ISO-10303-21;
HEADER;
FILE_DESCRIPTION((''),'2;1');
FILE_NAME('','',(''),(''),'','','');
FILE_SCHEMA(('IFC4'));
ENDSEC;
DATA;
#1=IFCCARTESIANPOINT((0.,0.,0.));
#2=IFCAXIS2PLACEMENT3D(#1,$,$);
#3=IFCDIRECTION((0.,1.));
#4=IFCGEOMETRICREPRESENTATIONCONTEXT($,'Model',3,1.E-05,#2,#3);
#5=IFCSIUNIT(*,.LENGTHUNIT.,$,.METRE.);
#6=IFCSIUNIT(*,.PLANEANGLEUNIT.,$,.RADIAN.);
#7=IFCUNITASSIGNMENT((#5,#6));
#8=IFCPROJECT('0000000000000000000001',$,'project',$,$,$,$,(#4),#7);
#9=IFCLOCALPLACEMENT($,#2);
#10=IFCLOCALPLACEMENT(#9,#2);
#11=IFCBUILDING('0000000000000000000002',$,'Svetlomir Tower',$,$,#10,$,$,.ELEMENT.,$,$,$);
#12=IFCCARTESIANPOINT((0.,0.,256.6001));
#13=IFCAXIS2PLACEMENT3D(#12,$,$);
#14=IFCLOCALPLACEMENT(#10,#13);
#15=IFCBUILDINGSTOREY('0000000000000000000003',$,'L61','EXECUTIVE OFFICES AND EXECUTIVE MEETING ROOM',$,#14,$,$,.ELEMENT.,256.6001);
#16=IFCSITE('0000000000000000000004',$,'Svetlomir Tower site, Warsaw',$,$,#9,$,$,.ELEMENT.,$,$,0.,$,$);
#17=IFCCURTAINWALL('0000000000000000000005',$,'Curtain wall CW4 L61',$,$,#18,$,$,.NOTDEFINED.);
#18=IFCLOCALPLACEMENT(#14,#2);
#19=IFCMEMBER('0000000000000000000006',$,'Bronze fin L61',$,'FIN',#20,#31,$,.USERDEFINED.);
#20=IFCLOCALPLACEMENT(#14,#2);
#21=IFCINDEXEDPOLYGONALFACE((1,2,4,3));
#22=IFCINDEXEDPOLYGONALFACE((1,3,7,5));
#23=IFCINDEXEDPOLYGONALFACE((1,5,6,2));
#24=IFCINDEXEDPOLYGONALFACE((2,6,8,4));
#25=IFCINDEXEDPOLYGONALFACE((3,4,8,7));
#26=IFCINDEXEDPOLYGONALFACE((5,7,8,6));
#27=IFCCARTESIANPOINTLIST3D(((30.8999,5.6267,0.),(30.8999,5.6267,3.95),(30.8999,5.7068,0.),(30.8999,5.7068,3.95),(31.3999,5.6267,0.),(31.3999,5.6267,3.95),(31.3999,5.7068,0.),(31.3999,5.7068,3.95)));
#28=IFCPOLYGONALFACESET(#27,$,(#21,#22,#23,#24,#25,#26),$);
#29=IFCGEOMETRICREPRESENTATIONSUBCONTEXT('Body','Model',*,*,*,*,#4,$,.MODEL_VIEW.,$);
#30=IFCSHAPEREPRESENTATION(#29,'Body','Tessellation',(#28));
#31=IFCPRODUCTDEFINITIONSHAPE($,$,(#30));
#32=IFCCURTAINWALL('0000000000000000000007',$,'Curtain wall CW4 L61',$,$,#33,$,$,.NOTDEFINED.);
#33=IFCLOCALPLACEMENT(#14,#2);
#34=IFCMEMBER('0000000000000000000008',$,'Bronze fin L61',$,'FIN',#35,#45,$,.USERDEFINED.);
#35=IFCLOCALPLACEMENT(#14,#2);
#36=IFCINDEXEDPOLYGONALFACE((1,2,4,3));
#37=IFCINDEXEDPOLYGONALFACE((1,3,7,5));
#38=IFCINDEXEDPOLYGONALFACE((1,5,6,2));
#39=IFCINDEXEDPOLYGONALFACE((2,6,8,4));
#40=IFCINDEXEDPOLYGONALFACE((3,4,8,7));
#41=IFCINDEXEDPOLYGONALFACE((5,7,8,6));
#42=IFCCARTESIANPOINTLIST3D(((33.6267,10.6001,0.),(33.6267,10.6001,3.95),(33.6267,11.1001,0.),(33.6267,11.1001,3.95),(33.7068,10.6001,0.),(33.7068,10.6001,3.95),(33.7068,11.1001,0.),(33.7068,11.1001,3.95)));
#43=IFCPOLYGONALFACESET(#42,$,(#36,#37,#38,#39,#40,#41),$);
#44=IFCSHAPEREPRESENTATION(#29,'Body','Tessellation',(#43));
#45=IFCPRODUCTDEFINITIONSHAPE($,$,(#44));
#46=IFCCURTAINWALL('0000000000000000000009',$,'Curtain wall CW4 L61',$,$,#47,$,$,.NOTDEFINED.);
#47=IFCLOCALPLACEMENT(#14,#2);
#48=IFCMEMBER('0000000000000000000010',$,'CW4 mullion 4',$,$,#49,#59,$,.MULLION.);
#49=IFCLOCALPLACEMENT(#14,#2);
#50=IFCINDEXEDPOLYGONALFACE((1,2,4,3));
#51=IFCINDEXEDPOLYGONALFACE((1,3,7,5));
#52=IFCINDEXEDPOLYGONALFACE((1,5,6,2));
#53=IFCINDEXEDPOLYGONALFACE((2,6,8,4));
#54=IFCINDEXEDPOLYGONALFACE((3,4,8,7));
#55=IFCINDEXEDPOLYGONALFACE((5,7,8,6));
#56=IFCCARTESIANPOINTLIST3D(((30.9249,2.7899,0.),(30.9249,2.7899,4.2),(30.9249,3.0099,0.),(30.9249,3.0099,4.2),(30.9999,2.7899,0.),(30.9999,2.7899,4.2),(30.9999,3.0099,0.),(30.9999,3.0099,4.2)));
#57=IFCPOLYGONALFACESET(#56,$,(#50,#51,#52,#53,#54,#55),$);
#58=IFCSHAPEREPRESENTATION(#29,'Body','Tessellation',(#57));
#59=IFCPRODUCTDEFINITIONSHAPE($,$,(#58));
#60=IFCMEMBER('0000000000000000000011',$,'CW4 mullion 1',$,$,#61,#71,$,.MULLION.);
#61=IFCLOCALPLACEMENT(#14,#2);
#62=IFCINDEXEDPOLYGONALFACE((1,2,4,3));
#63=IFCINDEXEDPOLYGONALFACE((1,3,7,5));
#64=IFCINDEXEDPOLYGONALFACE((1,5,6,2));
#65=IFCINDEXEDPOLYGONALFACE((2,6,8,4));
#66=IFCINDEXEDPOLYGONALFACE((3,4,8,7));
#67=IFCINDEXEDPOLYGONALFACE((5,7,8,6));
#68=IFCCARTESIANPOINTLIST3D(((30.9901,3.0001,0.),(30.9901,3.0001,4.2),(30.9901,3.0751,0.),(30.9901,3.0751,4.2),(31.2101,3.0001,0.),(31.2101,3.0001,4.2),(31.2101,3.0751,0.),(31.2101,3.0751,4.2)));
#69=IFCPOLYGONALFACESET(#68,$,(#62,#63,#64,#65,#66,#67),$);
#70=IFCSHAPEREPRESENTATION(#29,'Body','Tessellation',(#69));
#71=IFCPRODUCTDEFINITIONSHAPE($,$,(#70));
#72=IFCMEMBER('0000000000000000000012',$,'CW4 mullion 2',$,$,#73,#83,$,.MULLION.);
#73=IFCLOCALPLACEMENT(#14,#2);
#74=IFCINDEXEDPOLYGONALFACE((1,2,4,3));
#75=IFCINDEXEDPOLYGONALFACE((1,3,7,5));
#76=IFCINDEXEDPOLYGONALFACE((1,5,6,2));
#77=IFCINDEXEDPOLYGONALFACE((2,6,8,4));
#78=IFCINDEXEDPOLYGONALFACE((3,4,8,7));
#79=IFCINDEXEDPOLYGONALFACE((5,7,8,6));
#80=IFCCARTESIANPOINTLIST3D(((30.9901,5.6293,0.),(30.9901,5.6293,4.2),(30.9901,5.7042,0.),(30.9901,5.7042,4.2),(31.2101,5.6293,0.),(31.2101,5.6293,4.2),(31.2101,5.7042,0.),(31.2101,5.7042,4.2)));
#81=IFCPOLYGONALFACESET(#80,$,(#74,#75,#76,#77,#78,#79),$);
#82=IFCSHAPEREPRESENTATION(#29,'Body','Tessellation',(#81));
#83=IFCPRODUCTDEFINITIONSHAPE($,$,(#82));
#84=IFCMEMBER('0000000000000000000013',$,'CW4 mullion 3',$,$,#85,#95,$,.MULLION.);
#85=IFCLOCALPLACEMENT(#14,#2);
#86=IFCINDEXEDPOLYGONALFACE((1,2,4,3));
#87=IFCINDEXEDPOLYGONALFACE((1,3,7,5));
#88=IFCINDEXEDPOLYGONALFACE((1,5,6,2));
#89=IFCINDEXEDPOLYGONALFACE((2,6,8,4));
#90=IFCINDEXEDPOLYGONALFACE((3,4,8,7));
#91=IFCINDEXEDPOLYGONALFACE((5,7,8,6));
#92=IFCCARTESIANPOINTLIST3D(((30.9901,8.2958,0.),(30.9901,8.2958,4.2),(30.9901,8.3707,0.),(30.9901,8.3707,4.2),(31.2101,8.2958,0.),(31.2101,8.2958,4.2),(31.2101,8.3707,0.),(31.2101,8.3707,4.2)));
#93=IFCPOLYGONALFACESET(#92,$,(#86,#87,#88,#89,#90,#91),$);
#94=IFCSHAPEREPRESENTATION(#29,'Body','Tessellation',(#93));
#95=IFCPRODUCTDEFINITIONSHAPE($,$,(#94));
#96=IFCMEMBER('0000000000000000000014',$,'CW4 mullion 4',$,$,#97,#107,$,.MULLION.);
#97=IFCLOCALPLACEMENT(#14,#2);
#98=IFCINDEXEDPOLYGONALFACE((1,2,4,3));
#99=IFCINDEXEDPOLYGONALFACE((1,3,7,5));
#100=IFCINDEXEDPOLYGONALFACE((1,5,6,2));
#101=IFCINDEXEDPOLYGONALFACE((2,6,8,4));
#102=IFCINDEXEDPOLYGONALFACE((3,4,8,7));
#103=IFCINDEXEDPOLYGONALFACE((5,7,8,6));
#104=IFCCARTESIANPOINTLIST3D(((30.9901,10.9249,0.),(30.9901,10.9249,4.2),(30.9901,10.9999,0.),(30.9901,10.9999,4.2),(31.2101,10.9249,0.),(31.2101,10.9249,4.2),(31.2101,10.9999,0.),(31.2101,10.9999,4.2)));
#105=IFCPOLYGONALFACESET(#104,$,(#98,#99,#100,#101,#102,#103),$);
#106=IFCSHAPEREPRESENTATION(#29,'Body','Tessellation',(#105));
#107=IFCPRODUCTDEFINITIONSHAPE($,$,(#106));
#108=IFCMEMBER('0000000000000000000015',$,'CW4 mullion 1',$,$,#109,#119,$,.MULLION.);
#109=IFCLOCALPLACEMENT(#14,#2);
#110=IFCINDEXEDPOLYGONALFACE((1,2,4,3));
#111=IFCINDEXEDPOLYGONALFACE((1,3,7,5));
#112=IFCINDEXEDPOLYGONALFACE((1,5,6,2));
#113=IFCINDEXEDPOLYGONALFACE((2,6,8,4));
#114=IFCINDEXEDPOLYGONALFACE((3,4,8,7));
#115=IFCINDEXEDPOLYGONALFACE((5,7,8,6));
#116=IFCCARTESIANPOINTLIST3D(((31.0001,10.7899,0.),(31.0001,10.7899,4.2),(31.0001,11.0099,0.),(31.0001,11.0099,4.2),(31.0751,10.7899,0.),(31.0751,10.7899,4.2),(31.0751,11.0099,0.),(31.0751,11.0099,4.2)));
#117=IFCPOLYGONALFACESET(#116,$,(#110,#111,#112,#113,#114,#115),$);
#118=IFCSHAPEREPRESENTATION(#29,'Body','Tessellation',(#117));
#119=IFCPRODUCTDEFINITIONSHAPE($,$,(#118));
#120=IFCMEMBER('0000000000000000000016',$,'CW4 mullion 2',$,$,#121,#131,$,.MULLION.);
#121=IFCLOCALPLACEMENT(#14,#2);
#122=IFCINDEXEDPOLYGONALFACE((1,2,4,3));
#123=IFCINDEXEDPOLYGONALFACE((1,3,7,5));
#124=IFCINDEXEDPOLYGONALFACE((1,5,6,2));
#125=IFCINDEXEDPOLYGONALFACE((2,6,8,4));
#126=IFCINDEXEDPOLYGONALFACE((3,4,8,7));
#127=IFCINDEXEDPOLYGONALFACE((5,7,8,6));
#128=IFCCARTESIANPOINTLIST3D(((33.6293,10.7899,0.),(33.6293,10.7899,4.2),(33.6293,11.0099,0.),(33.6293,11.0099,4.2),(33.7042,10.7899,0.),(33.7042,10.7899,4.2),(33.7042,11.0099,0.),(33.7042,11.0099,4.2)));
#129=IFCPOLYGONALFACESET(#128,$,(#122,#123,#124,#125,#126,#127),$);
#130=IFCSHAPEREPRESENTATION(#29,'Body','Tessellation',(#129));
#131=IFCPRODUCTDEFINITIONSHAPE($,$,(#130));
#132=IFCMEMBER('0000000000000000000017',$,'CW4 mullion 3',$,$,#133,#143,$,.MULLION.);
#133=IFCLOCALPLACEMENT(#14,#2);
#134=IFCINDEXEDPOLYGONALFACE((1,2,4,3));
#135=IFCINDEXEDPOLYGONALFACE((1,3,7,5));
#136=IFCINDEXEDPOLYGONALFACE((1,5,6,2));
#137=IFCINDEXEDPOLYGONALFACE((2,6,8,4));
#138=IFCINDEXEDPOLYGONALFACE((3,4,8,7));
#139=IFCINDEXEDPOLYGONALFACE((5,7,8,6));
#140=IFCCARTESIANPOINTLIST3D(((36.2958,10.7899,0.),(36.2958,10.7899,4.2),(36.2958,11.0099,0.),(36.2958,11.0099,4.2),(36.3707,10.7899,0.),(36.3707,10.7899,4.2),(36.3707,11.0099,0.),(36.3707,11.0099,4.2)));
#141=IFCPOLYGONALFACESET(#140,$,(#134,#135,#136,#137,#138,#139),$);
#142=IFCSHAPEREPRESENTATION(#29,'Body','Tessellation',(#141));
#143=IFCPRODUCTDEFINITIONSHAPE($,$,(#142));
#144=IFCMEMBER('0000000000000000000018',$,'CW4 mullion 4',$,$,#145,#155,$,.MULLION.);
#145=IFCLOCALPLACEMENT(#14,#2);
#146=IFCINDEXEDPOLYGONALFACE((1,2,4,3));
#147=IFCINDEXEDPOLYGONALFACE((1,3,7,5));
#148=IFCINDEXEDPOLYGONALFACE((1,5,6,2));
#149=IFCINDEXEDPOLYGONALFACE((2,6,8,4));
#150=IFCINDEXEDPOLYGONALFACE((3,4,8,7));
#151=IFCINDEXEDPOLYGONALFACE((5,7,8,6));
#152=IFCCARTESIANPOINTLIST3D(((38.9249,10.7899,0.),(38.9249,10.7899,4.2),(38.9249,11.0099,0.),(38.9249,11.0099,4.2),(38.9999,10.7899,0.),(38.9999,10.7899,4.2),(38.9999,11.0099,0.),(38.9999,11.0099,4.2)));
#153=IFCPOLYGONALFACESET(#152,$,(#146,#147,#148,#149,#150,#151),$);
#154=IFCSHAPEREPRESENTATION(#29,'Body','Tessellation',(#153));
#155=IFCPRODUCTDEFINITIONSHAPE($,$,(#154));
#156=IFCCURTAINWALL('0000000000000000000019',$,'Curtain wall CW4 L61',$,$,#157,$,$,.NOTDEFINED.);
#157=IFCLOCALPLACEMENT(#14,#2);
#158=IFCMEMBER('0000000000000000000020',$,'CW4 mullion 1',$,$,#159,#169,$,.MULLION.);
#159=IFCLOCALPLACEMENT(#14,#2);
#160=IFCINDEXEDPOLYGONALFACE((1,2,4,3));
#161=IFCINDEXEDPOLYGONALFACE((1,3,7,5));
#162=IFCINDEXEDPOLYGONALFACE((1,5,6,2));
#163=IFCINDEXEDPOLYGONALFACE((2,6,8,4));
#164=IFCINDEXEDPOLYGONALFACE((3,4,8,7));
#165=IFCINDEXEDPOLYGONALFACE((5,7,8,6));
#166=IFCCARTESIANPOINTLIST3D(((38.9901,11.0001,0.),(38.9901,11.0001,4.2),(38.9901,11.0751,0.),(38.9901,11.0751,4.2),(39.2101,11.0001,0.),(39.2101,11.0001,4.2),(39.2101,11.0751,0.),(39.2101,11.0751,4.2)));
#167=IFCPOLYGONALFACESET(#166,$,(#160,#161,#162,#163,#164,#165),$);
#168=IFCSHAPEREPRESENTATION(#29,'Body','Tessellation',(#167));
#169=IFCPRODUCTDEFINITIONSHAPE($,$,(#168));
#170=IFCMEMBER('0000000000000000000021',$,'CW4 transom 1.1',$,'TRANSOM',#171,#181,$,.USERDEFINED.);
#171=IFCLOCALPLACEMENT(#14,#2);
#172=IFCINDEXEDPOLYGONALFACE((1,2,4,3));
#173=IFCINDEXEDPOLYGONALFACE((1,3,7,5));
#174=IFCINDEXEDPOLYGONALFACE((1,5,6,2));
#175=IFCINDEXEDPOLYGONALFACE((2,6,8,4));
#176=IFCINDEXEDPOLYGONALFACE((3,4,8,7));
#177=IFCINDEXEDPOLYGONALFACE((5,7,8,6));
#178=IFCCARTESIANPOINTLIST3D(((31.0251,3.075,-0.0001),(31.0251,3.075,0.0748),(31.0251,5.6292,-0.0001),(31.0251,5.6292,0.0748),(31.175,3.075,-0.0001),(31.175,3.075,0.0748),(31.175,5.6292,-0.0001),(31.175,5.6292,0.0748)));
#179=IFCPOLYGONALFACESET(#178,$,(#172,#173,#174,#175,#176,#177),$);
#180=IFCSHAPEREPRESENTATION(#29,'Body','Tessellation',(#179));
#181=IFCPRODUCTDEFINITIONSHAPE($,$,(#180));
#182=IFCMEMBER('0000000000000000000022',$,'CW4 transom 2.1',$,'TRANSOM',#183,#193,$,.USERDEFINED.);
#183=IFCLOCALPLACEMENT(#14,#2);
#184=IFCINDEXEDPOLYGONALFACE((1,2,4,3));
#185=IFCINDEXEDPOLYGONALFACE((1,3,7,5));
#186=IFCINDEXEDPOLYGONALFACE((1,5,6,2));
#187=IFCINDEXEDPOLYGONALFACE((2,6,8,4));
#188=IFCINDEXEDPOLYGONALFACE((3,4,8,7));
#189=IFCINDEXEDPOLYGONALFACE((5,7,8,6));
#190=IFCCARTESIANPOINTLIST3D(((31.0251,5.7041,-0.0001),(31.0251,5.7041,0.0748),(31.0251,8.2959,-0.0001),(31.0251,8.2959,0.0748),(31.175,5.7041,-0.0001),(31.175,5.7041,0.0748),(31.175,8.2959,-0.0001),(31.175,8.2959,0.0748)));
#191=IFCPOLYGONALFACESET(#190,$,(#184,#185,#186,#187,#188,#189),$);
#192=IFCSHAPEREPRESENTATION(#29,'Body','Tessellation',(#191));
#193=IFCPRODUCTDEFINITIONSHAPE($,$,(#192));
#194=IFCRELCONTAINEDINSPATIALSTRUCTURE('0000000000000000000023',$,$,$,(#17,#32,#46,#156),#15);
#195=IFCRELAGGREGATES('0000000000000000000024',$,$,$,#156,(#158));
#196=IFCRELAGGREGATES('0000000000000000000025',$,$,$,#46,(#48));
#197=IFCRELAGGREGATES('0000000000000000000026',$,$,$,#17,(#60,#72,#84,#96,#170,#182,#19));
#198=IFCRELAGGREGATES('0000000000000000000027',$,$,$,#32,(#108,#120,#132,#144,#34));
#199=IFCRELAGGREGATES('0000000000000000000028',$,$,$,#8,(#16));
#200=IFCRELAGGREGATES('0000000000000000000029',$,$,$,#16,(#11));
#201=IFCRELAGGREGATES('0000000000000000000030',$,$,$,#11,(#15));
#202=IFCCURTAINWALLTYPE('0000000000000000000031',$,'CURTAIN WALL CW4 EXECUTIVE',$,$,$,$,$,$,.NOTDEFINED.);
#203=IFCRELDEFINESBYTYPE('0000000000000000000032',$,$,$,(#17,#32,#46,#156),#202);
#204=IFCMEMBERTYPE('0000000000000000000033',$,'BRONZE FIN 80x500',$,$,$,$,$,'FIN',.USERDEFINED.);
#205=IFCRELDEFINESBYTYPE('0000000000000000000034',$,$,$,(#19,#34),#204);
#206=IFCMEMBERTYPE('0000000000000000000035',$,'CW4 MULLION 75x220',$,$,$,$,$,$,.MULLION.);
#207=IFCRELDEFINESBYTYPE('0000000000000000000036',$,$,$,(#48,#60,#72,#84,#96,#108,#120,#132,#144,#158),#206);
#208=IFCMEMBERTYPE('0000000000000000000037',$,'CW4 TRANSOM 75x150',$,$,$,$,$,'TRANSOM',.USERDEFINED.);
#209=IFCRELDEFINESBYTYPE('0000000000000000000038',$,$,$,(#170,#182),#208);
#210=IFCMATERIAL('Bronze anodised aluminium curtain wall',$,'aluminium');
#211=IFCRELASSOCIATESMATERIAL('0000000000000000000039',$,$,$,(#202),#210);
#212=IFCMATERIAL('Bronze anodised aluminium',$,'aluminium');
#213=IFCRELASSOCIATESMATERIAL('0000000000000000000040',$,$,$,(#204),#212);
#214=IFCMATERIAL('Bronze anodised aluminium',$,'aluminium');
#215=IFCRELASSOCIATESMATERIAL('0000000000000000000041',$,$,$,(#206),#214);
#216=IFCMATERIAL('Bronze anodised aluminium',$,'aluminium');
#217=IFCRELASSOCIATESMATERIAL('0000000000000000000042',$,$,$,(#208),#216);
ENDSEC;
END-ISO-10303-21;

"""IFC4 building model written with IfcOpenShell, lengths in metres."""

from ifc_helpers import new_model, si_unit, direction, frame, origin, origin_2d, place, context, subcontext, project, spatial, rectangle, extrude, material, material_profile, profile_set, type_object, element, aggregate, save


model = new_model("IFC4")

# Units and contexts
model_context = context("Model", 3, precision=1e-05, world=origin(), true_north=direction((0.0, 1.0)))
body_context = subcontext(model_context, "Body", "Model", "MODEL_VIEW")
ifc_project = project(units=[si_unit("LENGTHUNIT", "METRE"), si_unit("PLANEANGLEUNIT", "RADIAN")], contexts=[model_context])

# Site, building, storey
site_placement = place(None, origin())
site = spatial("IfcSite", under=ifc_project, at=site_placement, Name="Svetlomir Tower site, Warsaw", CompositionType="ELEMENT", RefElevation=0.0)
building_placement = place(site_placement, origin())
building = spatial("IfcBuilding", under=site, at=building_placement, Name="Svetlomir Tower", CompositionType="ELEMENT")
storey_placement = place(building_placement, frame((0.0, 0.0, 256.6001)))
storey = spatial("IfcBuildingStorey", under=building, at=storey_placement, Name="L61", Description="EXECUTIVE OFFICES AND EXECUTIVE MEETING ROOM", CompositionType="ELEMENT", Elevation=256.6001)

# Curtain walls, members
ifc_material_1 = material(Name="Bronze anodised aluminium curtain wall", Category="aluminium")
curtain_wall_type = type_object("IfcCurtainWallType", Name="CURTAIN WALL CW4 EXECUTIVE", PredefinedType="NOTDEFINED", material=ifc_material_1)
curtain_wall_1_placement = place(storey_placement, origin())
curtain_wall_1 = element("IfcCurtainWall", 1, at=curtain_wall_1_placement, inside=storey, type_object=curtain_wall_type, Name="Curtain wall CW4 L61", PredefinedType="NOTDEFINED")
ifc_material_2 = material(Name="Bronze anodised aluminium", Category="aluminium")
ifc_material_profile_1 = material_profile(ifc_material_2, rectangle(XDim=0.0801, YDim=0.5, at=origin_2d()), Name="FIN 80x500")
ifc_profile_set_1 = profile_set([ifc_material_profile_1], Name="Bronze anodised aluminium 6063-T6")
member_type_1 = type_object("IfcMemberType", Name="BRONZE FIN 80x500", ElementType="FIN", PredefinedType="USERDEFINED", material=ifc_profile_set_1)
member_1_placement = place(storey_placement, frame((31.1499, 5.6667, 0.0), z_axis=(0.0, 0.0, 1.0), x_axis=(0.0, 1.0, 0.0)))
member_1 = element("IfcMember", 2, at=member_1_placement, type_object=member_type_1, Name="Bronze fin L61", ObjectType="FIN", PredefinedType="USERDEFINED", context=body_context, shape_type="SweptSolid", body=[
    extrude(rectangle(XDim=0.0801, YDim=0.5, at=origin_2d()), origin(), (0.0, 0.0, 1.0), 3.95),
])
curtain_wall_2_placement = place(storey_placement, origin())
curtain_wall_2 = element("IfcCurtainWall", 3, at=curtain_wall_2_placement, inside=storey, type_object=curtain_wall_type, Name="Curtain wall CW4 L61", PredefinedType="NOTDEFINED")
member_2_placement = place(storey_placement, frame((33.6667, 10.8501, 0.0), z_axis=(0.0, 0.0, 1.0), x_axis=(1.0, 0.0, 0.0)))
member_2 = element("IfcMember", 4, at=member_2_placement, type_object=member_type_1, Name="Bronze fin L61", ObjectType="FIN", PredefinedType="USERDEFINED", context=body_context, shape_type="SweptSolid", body=[
    extrude(rectangle(XDim=0.0801, YDim=0.5, at=origin_2d()), origin(), (0.0, 0.0, 1.0), 3.95),
])
curtain_wall_3_placement = place(storey_placement, origin())
curtain_wall_3 = element("IfcCurtainWall", 5, at=curtain_wall_3_placement, inside=storey, type_object=curtain_wall_type, Name="Curtain wall CW4 L61", PredefinedType="NOTDEFINED")
ifc_material_3 = material(Name="Bronze anodised aluminium", Category="aluminium")
ifc_material_profile_2 = material_profile(ifc_material_3, rectangle(XDim=0.075, YDim=0.22, at=origin_2d()), Name="AL 75x220")
ifc_profile_set_2 = profile_set([ifc_material_profile_2], Name="Bronze anodised aluminium 6063-T6")
member_type_2 = type_object("IfcMemberType", Name="CW4 MULLION 75x220", PredefinedType="MULLION", material=ifc_profile_set_2)
member_3_placement = place(storey_placement, frame((30.9624, 2.8999, 0.0), z_axis=(0.0, 0.0, 1.0), x_axis=(1.0, 0.0, 0.0)))
member_3 = element("IfcMember", 6, at=member_3_placement, type_object=member_type_2, Name="CW4 mullion 4", PredefinedType="MULLION", context=body_context, shape_type="SweptSolid", body=[
    extrude(rectangle(XDim=0.075, YDim=0.22, at=origin_2d()), origin(), (0.0, 0.0, 1.0), 4.2),
])

# Members
member_4_placement = place(storey_placement, frame((31.1001, 3.0376, 0.0), z_axis=(0.0, 0.0, 1.0), x_axis=(0.0, 1.0, 0.0)))
member_4 = element("IfcMember", 7, at=member_4_placement, type_object=member_type_2, Name="CW4 mullion 1", PredefinedType="MULLION", context=body_context, shape_type="SweptSolid", body=[
    extrude(rectangle(XDim=0.075, YDim=0.22, at=origin_2d()), origin(), (0.0, 0.0, 1.0), 4.2),
])
member_5_placement = place(storey_placement, frame((31.1001, 5.6667, 0.0), z_axis=(0.0, 0.0, 1.0), x_axis=(0.0, 1.0, 0.0)))
member_5 = element("IfcMember", 8, at=member_5_placement, type_object=member_type_2, Name="CW4 mullion 2", PredefinedType="MULLION", context=body_context, shape_type="SweptSolid", body=[
    extrude(rectangle(XDim=0.075, YDim=0.22, at=origin_2d()), origin(), (0.0, 0.0, 1.0), 4.2),
])
member_6_placement = place(storey_placement, frame((31.1001, 8.3333, 0.0), z_axis=(0.0, 0.0, 1.0), x_axis=(0.0, 1.0, 0.0)))
member_6 = element("IfcMember", 9, at=member_6_placement, type_object=member_type_2, Name="CW4 mullion 3", PredefinedType="MULLION", context=body_context, shape_type="SweptSolid", body=[
    extrude(rectangle(XDim=0.075, YDim=0.22, at=origin_2d()), origin(), (0.0, 0.0, 1.0), 4.2),
])
member_7_placement = place(storey_placement, frame((31.1001, 10.9624, 0.0), z_axis=(0.0, 0.0, 1.0), x_axis=(0.0, 1.0, 0.0)))
member_7 = element("IfcMember", 10, at=member_7_placement, type_object=member_type_2, Name="CW4 mullion 4", PredefinedType="MULLION", context=body_context, shape_type="SweptSolid", body=[
    extrude(rectangle(XDim=0.075, YDim=0.22, at=origin_2d()), origin(), (0.0, 0.0, 1.0), 4.2),
])
member_8_placement = place(storey_placement, frame((31.0376, 10.8999, 0.0), z_axis=(0.0, 0.0, 1.0), x_axis=(1.0, 0.0, 0.0)))
member_8 = element("IfcMember", 11, at=member_8_placement, type_object=member_type_2, Name="CW4 mullion 1", PredefinedType="MULLION", context=body_context, shape_type="SweptSolid", body=[
    extrude(rectangle(XDim=0.075, YDim=0.22, at=origin_2d()), origin(), (0.0, 0.0, 1.0), 4.2),
])
member_9_placement = place(storey_placement, frame((33.6667, 10.8999, 0.0), z_axis=(0.0, 0.0, 1.0), x_axis=(1.0, 0.0, 0.0)))
member_9 = element("IfcMember", 12, at=member_9_placement, type_object=member_type_2, Name="CW4 mullion 2", PredefinedType="MULLION", context=body_context, shape_type="SweptSolid", body=[
    extrude(rectangle(XDim=0.075, YDim=0.22, at=origin_2d()), origin(), (0.0, 0.0, 1.0), 4.2),
])
member_10_placement = place(storey_placement, frame((36.3333, 10.8999, 0.0), z_axis=(0.0, 0.0, 1.0), x_axis=(1.0, 0.0, 0.0)))
member_10 = element("IfcMember", 13, at=member_10_placement, type_object=member_type_2, Name="CW4 mullion 3", PredefinedType="MULLION", context=body_context, shape_type="SweptSolid", body=[
    extrude(rectangle(XDim=0.075, YDim=0.22, at=origin_2d()), origin(), (0.0, 0.0, 1.0), 4.2),
])
member_11_placement = place(storey_placement, frame((38.9624, 10.8999, 0.0), z_axis=(0.0, 0.0, 1.0), x_axis=(1.0, 0.0, 0.0)))
member_11 = element("IfcMember", 14, at=member_11_placement, type_object=member_type_2, Name="CW4 mullion 4", PredefinedType="MULLION", context=body_context, shape_type="SweptSolid", body=[
    extrude(rectangle(XDim=0.075, YDim=0.22, at=origin_2d()), origin(), (0.0, 0.0, 1.0), 4.2),
])

# Curtain wall, member
curtain_wall_4_placement = place(storey_placement, origin())
curtain_wall_4 = element("IfcCurtainWall", 15, at=curtain_wall_4_placement, inside=storey, type_object=curtain_wall_type, Name="Curtain wall CW4 L61", PredefinedType="NOTDEFINED")
member_12_placement = place(storey_placement, frame((39.1001, 11.0376, 0.0), z_axis=(0.0, 0.0, 1.0), x_axis=(0.0, 1.0, 0.0)))
member_12 = element("IfcMember", 16, at=member_12_placement, type_object=member_type_2, Name="CW4 mullion 1", PredefinedType="MULLION", context=body_context, shape_type="SweptSolid", body=[
    extrude(rectangle(XDim=0.075, YDim=0.22, at=origin_2d()), origin(), (0.0, 0.0, 1.0), 4.2),
])
aggregate(curtain_wall_4, [member_12])

# Members
ifc_material_4 = material(Name="Bronze anodised aluminium", Category="aluminium")
ifc_material_profile_3 = material_profile(ifc_material_4, rectangle(XDim=0.1499, YDim=0.075, at=origin_2d()), Name="AL 150x75")
ifc_profile_set_3 = profile_set([ifc_material_profile_3], Name="Bronze anodised aluminium 6063-T6")
member_type_3 = type_object("IfcMemberType", Name="CW4 TRANSOM 75x150", ElementType="TRANSOM", PredefinedType="USERDEFINED", material=ifc_profile_set_3)
member_13_placement = place(storey_placement, frame((31.1001, 3.075, 0.0374), z_axis=(0.0, 1.0, 0.0), x_axis=(-1.0, 0.0, 0.0)))
member_13 = element("IfcMember", 17, at=member_13_placement, type_object=member_type_3, Name="CW4 transom 1.1", ObjectType="TRANSOM", PredefinedType="USERDEFINED", context=body_context, shape_type="SweptSolid", body=[
    extrude(rectangle(XDim=0.1499, YDim=0.075, at=origin_2d()), origin(), (0.0, 0.0, 1.0), 2.5542),
])
member_14_placement = place(storey_placement, frame((31.1001, 5.7041, 0.0374), z_axis=(0.0, 1.0, 0.0), x_axis=(-1.0, 0.0, 0.0)))
member_14 = element("IfcMember", 18, at=member_14_placement, type_object=member_type_3, Name="CW4 transom 2.1", ObjectType="TRANSOM", PredefinedType="USERDEFINED", context=body_context, shape_type="SweptSolid", body=[
    extrude(rectangle(XDim=0.1499, YDim=0.075, at=origin_2d()), origin(), (0.0, 0.0, 1.0), 2.5918),
])

aggregate(curtain_wall_3, [member_3])
aggregate(curtain_wall_1, [member_4, member_5, member_6, member_7, member_13, member_14, member_1])
aggregate(curtain_wall_2, [member_8, member_9, member_10, member_11, member_2])

save(model, "model.ifc")
